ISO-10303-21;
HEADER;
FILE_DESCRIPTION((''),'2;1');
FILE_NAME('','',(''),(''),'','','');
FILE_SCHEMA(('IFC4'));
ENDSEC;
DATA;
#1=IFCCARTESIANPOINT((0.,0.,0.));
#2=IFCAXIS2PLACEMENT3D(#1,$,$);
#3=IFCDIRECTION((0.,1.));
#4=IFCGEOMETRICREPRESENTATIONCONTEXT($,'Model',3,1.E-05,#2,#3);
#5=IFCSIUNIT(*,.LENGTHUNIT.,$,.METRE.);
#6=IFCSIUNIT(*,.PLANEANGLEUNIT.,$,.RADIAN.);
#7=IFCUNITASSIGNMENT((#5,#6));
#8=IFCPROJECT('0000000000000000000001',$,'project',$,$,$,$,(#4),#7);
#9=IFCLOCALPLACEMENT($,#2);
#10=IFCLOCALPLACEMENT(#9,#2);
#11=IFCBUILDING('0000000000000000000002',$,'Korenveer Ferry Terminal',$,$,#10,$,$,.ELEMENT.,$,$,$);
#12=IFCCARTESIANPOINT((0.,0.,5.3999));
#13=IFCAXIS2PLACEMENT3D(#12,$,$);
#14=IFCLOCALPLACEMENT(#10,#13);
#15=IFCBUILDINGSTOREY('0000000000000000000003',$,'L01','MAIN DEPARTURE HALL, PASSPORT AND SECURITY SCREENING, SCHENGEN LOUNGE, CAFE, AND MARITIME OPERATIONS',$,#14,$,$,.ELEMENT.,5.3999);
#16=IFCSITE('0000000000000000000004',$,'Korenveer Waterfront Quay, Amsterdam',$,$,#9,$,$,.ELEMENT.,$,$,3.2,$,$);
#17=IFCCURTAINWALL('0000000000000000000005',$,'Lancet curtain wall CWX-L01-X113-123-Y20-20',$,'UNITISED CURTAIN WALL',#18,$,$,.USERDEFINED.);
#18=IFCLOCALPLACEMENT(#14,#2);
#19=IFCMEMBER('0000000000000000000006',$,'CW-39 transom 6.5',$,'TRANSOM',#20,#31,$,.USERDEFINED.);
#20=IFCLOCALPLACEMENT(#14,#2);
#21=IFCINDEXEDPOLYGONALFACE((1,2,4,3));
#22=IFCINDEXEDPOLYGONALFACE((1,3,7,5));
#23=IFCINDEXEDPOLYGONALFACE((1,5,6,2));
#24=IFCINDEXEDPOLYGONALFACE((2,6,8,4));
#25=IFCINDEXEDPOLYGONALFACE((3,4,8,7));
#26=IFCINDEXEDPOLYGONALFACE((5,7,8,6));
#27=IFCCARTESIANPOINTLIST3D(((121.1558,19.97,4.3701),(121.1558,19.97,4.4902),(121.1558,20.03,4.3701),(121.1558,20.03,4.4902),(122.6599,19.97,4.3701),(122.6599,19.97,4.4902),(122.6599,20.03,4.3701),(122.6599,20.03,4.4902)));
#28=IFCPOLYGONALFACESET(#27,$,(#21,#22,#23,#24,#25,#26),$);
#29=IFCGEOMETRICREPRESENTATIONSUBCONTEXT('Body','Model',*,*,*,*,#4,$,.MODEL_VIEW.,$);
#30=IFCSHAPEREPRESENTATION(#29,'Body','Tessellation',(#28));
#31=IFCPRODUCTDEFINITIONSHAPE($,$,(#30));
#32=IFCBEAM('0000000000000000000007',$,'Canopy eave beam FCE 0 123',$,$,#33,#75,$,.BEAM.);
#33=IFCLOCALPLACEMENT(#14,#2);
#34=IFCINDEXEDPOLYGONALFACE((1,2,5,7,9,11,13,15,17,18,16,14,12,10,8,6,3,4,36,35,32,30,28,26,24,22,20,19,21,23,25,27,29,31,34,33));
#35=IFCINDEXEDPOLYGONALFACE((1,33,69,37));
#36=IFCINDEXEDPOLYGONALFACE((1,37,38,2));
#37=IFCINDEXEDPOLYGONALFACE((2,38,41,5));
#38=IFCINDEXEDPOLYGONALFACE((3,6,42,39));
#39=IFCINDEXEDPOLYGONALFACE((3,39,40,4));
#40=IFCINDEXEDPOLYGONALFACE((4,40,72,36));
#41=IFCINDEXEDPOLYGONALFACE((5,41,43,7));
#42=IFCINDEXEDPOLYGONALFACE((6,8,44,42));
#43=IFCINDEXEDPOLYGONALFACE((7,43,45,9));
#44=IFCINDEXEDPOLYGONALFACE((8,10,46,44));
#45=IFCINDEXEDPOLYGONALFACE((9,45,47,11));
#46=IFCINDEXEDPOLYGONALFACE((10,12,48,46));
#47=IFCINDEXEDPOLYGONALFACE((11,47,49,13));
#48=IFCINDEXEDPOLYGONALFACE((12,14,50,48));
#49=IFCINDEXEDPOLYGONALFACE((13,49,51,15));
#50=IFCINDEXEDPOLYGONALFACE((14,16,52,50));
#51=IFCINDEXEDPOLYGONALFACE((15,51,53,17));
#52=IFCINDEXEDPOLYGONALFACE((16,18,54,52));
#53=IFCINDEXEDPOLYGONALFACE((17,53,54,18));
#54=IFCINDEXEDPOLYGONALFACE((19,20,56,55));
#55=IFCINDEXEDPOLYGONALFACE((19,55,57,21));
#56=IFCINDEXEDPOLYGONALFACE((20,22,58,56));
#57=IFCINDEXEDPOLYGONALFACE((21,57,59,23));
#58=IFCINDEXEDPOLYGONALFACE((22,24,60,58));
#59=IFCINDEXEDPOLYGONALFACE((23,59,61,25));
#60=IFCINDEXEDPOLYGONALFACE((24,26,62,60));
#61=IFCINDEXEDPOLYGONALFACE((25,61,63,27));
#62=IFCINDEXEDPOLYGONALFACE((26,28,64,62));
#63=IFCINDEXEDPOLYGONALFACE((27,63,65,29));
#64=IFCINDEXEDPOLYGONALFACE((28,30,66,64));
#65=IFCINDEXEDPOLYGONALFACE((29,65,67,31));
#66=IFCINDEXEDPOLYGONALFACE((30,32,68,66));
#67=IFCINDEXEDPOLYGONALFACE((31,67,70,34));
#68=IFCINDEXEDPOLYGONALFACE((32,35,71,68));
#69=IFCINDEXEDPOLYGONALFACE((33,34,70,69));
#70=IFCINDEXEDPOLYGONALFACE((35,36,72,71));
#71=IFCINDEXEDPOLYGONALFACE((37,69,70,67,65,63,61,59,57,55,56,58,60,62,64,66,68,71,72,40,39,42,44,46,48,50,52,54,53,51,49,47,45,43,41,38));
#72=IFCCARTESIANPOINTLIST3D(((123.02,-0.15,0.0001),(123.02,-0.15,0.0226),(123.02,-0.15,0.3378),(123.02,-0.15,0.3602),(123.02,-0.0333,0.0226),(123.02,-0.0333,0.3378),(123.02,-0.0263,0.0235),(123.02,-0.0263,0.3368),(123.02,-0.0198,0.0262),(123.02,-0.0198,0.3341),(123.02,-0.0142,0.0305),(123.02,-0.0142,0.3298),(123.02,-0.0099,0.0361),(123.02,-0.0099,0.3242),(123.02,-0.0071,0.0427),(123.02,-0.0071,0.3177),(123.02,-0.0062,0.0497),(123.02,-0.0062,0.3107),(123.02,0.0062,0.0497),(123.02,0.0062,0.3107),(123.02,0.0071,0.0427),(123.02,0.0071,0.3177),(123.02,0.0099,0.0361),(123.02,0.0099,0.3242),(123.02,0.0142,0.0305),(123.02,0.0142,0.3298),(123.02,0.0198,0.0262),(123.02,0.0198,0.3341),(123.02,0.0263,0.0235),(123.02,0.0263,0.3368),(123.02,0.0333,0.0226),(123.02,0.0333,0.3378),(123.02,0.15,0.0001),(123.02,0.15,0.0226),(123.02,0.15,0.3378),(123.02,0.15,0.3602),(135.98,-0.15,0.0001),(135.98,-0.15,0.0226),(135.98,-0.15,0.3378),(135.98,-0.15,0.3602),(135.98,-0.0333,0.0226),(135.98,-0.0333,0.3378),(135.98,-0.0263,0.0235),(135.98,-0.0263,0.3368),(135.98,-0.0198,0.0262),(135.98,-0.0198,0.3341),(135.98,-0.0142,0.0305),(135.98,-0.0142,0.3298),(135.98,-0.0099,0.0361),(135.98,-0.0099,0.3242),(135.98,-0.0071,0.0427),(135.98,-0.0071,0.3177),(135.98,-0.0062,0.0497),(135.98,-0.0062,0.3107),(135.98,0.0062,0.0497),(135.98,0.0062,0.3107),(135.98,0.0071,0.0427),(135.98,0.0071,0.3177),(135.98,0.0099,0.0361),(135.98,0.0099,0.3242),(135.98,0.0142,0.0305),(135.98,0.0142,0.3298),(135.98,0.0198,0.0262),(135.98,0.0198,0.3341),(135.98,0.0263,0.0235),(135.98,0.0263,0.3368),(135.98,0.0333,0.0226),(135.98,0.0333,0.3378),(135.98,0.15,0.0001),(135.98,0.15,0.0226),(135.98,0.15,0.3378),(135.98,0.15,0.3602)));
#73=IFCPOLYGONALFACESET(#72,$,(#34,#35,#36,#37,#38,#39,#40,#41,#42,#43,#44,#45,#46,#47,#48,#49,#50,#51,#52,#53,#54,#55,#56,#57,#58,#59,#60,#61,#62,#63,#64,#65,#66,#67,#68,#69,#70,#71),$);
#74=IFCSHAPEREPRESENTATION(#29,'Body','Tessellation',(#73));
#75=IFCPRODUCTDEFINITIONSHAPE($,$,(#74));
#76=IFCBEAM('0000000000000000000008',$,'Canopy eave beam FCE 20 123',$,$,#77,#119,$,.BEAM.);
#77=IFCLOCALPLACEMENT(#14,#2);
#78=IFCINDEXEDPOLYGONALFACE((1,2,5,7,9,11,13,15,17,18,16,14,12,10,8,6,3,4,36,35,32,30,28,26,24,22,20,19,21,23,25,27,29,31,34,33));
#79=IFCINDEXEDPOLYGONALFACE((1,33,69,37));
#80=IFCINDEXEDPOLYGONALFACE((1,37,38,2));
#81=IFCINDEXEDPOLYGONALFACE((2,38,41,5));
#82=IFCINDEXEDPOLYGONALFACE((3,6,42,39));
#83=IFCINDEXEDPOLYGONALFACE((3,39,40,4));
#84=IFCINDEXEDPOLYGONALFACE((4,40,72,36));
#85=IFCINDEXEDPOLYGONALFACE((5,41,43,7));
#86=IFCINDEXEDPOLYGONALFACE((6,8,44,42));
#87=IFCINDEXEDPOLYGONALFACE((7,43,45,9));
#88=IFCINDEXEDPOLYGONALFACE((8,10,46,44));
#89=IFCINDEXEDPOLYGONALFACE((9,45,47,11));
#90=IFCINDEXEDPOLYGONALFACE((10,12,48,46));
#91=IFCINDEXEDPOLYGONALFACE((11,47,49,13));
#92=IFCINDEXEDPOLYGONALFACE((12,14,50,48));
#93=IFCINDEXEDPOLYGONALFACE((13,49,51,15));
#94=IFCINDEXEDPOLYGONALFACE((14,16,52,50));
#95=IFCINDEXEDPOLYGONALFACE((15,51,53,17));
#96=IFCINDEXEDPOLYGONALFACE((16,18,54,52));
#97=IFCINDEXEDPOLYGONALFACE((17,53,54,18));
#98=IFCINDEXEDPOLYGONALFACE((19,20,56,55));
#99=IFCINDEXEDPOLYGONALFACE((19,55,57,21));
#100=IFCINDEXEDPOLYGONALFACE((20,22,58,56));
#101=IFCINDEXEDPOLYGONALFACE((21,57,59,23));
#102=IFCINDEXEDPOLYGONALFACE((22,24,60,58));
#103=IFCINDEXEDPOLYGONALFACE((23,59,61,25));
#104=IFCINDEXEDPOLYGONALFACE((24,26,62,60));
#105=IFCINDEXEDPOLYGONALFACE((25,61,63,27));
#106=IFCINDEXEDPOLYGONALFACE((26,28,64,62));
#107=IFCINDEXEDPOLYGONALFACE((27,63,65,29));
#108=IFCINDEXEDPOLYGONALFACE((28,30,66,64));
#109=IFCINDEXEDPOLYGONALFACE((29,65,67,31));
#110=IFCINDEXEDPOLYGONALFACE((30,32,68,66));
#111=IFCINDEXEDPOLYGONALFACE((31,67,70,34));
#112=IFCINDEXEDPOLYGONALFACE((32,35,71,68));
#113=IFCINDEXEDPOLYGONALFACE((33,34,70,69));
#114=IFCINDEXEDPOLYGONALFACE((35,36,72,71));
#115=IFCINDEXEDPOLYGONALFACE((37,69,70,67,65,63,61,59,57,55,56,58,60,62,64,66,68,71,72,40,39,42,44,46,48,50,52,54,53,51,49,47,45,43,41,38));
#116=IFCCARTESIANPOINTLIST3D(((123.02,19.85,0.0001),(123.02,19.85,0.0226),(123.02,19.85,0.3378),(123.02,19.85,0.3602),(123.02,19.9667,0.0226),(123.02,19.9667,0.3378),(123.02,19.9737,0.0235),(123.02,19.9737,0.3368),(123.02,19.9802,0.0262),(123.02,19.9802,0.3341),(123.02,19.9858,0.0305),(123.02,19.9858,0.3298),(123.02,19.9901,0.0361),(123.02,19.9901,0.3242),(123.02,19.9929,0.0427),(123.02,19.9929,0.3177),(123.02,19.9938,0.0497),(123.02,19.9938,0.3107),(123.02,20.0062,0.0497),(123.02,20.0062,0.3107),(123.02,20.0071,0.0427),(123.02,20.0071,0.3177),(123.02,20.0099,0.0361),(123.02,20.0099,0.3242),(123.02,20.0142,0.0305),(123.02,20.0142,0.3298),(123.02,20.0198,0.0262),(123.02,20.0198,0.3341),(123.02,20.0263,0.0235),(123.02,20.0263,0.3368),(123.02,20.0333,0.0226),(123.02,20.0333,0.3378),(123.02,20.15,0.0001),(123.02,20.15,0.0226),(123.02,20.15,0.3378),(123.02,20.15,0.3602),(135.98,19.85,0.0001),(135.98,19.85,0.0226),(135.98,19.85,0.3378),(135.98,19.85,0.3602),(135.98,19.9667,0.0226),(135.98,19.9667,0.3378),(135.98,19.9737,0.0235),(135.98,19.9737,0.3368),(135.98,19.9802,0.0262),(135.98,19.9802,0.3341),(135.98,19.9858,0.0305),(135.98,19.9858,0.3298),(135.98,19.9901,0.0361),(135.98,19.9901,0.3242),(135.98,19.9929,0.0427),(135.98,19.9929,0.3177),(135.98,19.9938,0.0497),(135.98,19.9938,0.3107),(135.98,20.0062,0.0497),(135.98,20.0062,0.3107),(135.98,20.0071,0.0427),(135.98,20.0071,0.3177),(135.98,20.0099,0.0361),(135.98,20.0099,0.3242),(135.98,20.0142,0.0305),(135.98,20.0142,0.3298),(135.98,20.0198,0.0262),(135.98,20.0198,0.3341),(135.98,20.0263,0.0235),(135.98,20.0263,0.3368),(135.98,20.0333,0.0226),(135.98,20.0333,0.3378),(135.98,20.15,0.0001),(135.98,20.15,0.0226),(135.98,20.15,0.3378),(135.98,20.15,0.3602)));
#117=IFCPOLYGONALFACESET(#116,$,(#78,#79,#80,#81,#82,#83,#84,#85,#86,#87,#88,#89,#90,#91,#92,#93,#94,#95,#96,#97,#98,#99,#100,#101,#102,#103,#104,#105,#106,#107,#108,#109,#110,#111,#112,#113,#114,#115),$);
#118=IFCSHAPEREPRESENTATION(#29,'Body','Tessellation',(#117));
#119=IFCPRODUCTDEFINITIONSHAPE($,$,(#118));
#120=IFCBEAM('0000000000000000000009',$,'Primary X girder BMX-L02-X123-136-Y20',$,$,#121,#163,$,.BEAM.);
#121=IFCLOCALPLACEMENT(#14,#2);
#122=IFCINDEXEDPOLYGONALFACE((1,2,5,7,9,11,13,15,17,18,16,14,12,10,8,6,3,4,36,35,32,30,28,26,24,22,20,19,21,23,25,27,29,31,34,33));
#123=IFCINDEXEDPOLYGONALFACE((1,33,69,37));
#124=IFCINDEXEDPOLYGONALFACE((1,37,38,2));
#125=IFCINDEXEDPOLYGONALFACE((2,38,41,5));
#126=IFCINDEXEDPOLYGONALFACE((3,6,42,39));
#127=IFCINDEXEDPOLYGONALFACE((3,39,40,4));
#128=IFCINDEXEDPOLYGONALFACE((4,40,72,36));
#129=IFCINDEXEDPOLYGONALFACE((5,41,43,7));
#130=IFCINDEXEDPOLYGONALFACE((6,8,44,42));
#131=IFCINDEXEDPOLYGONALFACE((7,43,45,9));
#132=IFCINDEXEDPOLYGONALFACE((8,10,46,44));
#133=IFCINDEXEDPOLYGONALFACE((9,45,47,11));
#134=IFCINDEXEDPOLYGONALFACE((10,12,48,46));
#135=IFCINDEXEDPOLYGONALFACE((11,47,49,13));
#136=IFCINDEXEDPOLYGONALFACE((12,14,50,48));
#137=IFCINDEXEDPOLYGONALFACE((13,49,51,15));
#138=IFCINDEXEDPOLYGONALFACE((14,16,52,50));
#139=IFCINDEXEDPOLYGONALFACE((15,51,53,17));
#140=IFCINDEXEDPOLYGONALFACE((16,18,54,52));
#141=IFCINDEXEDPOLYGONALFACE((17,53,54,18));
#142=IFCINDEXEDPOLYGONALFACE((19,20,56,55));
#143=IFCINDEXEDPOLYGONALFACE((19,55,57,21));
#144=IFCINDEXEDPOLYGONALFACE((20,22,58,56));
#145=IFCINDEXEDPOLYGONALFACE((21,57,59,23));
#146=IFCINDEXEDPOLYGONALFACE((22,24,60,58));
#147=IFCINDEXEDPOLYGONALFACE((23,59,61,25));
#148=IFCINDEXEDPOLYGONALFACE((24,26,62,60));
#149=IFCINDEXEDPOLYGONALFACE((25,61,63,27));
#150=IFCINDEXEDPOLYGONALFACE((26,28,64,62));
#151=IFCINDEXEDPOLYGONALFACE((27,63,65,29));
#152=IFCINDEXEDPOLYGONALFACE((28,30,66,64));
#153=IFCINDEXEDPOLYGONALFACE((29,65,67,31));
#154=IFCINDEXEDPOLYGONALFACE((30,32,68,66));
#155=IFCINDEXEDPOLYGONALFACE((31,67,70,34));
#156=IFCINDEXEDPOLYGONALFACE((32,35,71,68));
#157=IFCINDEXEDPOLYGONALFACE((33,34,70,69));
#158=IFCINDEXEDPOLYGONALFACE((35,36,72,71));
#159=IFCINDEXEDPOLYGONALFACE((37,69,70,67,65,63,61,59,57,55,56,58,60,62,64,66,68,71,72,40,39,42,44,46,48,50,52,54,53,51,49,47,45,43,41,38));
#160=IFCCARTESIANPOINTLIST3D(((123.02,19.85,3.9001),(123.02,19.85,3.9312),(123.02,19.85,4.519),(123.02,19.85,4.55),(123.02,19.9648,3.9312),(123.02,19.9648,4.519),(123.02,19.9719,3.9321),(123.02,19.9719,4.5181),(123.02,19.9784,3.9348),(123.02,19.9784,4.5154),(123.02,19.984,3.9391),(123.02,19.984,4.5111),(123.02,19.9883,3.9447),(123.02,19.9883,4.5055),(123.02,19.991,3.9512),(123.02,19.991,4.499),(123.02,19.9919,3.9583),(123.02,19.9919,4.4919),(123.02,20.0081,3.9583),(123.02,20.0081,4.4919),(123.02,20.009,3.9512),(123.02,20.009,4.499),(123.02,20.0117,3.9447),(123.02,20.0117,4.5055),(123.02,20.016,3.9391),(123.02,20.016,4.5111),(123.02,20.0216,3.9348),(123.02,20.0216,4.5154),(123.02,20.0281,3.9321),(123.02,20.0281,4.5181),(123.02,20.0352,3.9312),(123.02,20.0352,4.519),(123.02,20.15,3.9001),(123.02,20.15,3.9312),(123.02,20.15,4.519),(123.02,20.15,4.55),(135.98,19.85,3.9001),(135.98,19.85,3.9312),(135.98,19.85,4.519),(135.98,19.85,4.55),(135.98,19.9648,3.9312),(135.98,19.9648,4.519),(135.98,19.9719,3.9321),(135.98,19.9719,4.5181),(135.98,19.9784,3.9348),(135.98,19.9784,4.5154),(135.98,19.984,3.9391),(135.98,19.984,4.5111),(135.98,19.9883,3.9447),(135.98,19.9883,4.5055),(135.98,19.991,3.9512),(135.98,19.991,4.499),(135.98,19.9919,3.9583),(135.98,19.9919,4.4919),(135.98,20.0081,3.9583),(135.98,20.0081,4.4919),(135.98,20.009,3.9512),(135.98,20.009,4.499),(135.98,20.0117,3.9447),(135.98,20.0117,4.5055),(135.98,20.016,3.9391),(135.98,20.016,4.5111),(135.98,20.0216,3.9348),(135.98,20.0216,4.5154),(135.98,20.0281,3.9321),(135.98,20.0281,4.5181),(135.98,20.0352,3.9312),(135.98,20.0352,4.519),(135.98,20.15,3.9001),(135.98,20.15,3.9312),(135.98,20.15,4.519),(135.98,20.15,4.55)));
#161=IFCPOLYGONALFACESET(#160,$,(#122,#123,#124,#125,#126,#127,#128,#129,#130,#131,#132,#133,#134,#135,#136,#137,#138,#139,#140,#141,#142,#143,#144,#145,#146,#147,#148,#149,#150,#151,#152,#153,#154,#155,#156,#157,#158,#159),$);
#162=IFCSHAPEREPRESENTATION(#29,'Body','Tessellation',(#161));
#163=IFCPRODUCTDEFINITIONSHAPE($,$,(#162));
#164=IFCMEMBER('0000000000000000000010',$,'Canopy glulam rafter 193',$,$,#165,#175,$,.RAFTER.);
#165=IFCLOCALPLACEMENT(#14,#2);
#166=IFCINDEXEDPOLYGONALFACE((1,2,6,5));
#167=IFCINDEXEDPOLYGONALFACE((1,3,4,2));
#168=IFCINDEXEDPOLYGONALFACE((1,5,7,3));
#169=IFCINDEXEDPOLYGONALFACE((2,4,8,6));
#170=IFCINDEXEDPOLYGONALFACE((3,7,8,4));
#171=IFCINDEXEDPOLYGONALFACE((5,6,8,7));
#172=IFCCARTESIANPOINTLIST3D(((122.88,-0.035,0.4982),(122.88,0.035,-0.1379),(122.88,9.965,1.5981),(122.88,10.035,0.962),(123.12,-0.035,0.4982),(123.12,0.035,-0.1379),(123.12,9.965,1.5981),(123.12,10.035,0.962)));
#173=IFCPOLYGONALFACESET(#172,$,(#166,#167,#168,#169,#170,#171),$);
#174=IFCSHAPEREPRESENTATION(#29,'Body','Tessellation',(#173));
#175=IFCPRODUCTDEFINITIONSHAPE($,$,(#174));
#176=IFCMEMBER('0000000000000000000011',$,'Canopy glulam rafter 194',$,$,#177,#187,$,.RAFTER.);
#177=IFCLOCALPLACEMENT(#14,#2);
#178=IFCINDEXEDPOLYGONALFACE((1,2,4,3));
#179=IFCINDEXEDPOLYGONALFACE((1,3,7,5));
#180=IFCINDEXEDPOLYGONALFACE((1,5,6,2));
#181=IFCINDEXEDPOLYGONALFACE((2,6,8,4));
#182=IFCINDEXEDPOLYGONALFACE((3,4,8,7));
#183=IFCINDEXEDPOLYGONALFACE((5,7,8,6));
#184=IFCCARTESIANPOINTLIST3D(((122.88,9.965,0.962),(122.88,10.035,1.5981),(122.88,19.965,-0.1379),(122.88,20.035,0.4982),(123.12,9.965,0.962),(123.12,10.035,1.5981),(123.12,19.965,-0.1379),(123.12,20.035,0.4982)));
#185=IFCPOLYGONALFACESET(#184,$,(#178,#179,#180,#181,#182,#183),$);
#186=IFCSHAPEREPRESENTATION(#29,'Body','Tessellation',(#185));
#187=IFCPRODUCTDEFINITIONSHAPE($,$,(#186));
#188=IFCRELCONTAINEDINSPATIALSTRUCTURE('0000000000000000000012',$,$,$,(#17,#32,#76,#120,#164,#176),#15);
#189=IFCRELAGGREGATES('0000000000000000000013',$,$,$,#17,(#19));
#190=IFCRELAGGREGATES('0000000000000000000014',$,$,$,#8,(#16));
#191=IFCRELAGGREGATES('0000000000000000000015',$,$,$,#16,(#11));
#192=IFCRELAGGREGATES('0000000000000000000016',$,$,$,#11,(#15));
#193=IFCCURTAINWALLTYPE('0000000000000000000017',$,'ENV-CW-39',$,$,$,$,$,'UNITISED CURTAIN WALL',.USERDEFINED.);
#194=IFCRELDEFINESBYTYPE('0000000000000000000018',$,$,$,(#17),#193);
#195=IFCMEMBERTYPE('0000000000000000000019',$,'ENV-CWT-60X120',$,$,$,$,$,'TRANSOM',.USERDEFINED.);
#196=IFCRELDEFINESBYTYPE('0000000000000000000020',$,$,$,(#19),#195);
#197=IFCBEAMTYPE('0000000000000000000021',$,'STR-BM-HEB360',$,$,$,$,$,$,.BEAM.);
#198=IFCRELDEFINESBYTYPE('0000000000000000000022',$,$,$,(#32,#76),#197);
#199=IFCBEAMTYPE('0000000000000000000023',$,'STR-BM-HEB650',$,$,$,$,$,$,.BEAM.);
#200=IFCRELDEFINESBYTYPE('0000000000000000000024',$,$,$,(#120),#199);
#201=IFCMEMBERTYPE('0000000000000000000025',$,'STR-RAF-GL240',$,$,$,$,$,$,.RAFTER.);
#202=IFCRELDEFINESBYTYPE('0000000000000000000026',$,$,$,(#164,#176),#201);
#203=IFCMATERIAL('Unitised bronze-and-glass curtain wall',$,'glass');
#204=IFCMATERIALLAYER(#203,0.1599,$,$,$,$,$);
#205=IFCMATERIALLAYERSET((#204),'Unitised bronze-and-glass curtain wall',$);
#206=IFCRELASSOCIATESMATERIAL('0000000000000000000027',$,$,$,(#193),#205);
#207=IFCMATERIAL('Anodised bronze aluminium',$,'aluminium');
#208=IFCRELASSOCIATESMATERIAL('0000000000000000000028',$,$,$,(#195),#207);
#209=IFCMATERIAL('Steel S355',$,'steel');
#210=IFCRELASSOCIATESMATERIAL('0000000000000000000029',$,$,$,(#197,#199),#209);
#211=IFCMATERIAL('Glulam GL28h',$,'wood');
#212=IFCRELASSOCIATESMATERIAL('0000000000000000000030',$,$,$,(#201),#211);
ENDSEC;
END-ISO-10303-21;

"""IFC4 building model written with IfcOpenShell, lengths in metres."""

from ifc_helpers import new_model, si_unit, direction, frame, origin, origin_2d, place, context, subcontext, project, spatial, rectangle, i_section, extrude, material, layer, layer_set, material_profile, profile_set, type_object, element, aggregate, save


model = new_model("IFC4")

# Units and contexts
model_context = context("Model", 3, precision=1e-05, world=origin(), true_north=direction((0.0, 1.0)))
body_context = subcontext(model_context, "Body", "Model", "MODEL_VIEW")
ifc_project = project(units=[si_unit("LENGTHUNIT", "METRE"), si_unit("PLANEANGLEUNIT", "RADIAN")], contexts=[model_context])

# Site, building, storey
site_placement = place(None, origin())
site = spatial("IfcSite", under=ifc_project, at=site_placement, Name="Korenveer Waterfront Quay, Amsterdam", CompositionType="ELEMENT", RefElevation=3.2)
building_placement = place(site_placement, origin())
building = spatial("IfcBuilding", under=site, at=building_placement, Name="Korenveer Ferry Terminal", CompositionType="ELEMENT")
storey_placement = place(building_placement, frame((0.0, 0.0, 5.3999)))
storey = spatial("IfcBuildingStorey", under=building, at=storey_placement, Name="L01", Description="MAIN DEPARTURE HALL, PASSPORT AND SECURITY SCREENING, SCHENGEN LOUNGE, CAFE, AND MARITIME OPERATIONS", CompositionType="ELEMENT", Elevation=5.3999)

# Curtain wall, member
ifc_material_1 = material(Name="Unitised bronze-and-glass curtain wall", Category="glass")
ifc_layer_1 = layer(ifc_material_1, 0.1599)
ifc_layer_set_1 = layer_set([ifc_layer_1], Name="Unitised bronze-and-glass curtain wall")
curtain_wall_type = type_object("IfcCurtainWallType", Name="ENV-CW-39", ElementType="UNITISED CURTAIN WALL", PredefinedType="USERDEFINED", material=ifc_layer_set_1)
curtain_wall_placement = place(storey_placement, frame((113.155, 20.0, 0.0)))
curtain_wall = element("IfcCurtainWall", 1, at=curtain_wall_placement, inside=storey, type_object=curtain_wall_type, Name="Lancet curtain wall CWX-L01-X113-123-Y20-20", ObjectType="UNITISED CURTAIN WALL", PredefinedType="USERDEFINED")
ifc_material_2 = material(Name="Anodised bronze aluminium", Category="aluminium")
ifc_material_profile_1 = material_profile(ifc_material_2, rectangle(XDim=0.0601, YDim=0.1201, at=origin_2d()), Name="ALU 60x120")
ifc_profile_set_1 = profile_set([ifc_material_profile_1], Name="Anodised bronze aluminium")
member_type_1 = type_object("IfcMemberType", Name="ENV-CWT-60X120", ElementType="TRANSOM", PredefinedType="USERDEFINED", material=ifc_profile_set_1)
member_1_placement = place(storey_placement, frame((121.1558, 20.0, 4.4302), z_axis=(1.0, 0.0, 0.0), x_axis=(0.0, 1.0, 0.0)))
member_1 = element("IfcMember", 2, at=member_1_placement, type_object=member_type_1, Name="CW-39 transom 6.5", ObjectType="TRANSOM", PredefinedType="USERDEFINED", context=body_context, shape_type="SweptSolid", body=[
    extrude(rectangle(XDim=0.0601, YDim=0.1201, at=origin_2d()), origin(), (0.0, 0.0, 1.0), 1.5042),
])

# Beams
ifc_material_3 = material(Name="Steel S355", Category="steel")
ifc_material_profile_2 = material_profile(ifc_material_3, i_section(OverallWidth=0.3, OverallDepth=0.3601, WebThickness=0.0125, FlangeThickness=0.0225, FilletRadius=0.0271, at=origin_2d()), Name="HEB 360")
ifc_profile_set_2 = profile_set([ifc_material_profile_2], Name="Steel S355")
beam_type_1 = type_object("IfcBeamType", Name="STR-BM-HEB360", PredefinedType="BEAM", material=ifc_profile_set_2)
for number, where, z_axis, x_axis, name in (
    (3, (123.02, 0.0, 0.1802), (1.0, 0.0, 0.0), (0.0, 1.0, 0.0), "Canopy eave beam FCE 0 123"),
    (4, (123.02, 20.0, 0.1802), (1.0, 0.0, 0.0), (0.0, 1.0, 0.0), "Canopy eave beam FCE 20 123"),
):
    element("IfcBeam", number, at=place(storey_placement, frame(where, z_axis=z_axis, x_axis=x_axis)), inside=storey, type_object=beam_type_1, Name=name, PredefinedType="BEAM", context=body_context, shape_type="SweptSolid", body=[
        extrude(i_section(OverallWidth=0.3, OverallDepth=0.3601, WebThickness=0.0125, FlangeThickness=0.0225, FilletRadius=0.0271, at=origin_2d()), origin(), (0.0, 0.0, 1.0), 12.96),
    ])
ifc_material_profile_3 = material_profile(ifc_material_3, i_section(OverallWidth=0.3, OverallDepth=0.6499, WebThickness=0.0161, FlangeThickness=0.031, FilletRadius=0.0271, at=origin_2d()), Name="HEB 650")
ifc_profile_set_3 = profile_set([ifc_material_profile_3], Name="Steel S355")
beam_type_2 = type_object("IfcBeamType", Name="STR-BM-HEB650", PredefinedType="BEAM", material=ifc_profile_set_3)
beam_1_placement = place(storey_placement, frame((123.02, 20.0, 4.2251), z_axis=(1.0, 0.0, 0.0), x_axis=(0.0, 1.0, 0.0)))
element("IfcBeam", 5, at=beam_1_placement, inside=storey, type_object=beam_type_2, Name="Primary X girder BMX-L02-X123-136-Y20", PredefinedType="BEAM", context=body_context, shape_type="SweptSolid", body=[
    extrude(i_section(OverallWidth=0.3, OverallDepth=0.6499, WebThickness=0.0161, FlangeThickness=0.031, FilletRadius=0.0271, at=origin_2d()), origin(), (0.0, 0.0, 1.0), 12.96),
])

# Members
ifc_material_4 = material(Name="Glulam GL28h", Category="wood")
ifc_material_profile_4 = material_profile(ifc_material_4, rectangle(XDim=0.24, YDim=0.6399, at=origin_2d()), Name="GL 240x640")
ifc_profile_set_4 = profile_set([ifc_material_profile_4], Name="Glulam GL28h")
member_type_2 = type_object("IfcMemberType", Name="STR-RAF-GL240", PredefinedType="RAFTER", material=ifc_profile_set_4)
for number, where, z_axis, x_axis, name in (
    (6, (123.0, 0.0, 0.1802), (0.0, 0.994006, 0.109326), (-1.0, 0.0, 0.0), "Canopy glulam rafter 193"),
    (7, (123.0, 10.0, 1.28), (0.0, 0.994006, -0.109326), (-1.0, 0.0, 0.0), "Canopy glulam rafter 194"),
):
    element("IfcMember", number, at=place(storey_placement, frame(where, z_axis=z_axis, x_axis=x_axis)), inside=storey, type_object=member_type_2, Name=name, PredefinedType="RAFTER", context=body_context, shape_type="SweptSolid", body=[
        extrude(rectangle(XDim=0.24, YDim=0.6399, at=origin_2d()), origin(), (0.0, 0.0, 1.0), 10.0603),
    ])

aggregate(curtain_wall, [member_1])

save(model, "model.ifc")
